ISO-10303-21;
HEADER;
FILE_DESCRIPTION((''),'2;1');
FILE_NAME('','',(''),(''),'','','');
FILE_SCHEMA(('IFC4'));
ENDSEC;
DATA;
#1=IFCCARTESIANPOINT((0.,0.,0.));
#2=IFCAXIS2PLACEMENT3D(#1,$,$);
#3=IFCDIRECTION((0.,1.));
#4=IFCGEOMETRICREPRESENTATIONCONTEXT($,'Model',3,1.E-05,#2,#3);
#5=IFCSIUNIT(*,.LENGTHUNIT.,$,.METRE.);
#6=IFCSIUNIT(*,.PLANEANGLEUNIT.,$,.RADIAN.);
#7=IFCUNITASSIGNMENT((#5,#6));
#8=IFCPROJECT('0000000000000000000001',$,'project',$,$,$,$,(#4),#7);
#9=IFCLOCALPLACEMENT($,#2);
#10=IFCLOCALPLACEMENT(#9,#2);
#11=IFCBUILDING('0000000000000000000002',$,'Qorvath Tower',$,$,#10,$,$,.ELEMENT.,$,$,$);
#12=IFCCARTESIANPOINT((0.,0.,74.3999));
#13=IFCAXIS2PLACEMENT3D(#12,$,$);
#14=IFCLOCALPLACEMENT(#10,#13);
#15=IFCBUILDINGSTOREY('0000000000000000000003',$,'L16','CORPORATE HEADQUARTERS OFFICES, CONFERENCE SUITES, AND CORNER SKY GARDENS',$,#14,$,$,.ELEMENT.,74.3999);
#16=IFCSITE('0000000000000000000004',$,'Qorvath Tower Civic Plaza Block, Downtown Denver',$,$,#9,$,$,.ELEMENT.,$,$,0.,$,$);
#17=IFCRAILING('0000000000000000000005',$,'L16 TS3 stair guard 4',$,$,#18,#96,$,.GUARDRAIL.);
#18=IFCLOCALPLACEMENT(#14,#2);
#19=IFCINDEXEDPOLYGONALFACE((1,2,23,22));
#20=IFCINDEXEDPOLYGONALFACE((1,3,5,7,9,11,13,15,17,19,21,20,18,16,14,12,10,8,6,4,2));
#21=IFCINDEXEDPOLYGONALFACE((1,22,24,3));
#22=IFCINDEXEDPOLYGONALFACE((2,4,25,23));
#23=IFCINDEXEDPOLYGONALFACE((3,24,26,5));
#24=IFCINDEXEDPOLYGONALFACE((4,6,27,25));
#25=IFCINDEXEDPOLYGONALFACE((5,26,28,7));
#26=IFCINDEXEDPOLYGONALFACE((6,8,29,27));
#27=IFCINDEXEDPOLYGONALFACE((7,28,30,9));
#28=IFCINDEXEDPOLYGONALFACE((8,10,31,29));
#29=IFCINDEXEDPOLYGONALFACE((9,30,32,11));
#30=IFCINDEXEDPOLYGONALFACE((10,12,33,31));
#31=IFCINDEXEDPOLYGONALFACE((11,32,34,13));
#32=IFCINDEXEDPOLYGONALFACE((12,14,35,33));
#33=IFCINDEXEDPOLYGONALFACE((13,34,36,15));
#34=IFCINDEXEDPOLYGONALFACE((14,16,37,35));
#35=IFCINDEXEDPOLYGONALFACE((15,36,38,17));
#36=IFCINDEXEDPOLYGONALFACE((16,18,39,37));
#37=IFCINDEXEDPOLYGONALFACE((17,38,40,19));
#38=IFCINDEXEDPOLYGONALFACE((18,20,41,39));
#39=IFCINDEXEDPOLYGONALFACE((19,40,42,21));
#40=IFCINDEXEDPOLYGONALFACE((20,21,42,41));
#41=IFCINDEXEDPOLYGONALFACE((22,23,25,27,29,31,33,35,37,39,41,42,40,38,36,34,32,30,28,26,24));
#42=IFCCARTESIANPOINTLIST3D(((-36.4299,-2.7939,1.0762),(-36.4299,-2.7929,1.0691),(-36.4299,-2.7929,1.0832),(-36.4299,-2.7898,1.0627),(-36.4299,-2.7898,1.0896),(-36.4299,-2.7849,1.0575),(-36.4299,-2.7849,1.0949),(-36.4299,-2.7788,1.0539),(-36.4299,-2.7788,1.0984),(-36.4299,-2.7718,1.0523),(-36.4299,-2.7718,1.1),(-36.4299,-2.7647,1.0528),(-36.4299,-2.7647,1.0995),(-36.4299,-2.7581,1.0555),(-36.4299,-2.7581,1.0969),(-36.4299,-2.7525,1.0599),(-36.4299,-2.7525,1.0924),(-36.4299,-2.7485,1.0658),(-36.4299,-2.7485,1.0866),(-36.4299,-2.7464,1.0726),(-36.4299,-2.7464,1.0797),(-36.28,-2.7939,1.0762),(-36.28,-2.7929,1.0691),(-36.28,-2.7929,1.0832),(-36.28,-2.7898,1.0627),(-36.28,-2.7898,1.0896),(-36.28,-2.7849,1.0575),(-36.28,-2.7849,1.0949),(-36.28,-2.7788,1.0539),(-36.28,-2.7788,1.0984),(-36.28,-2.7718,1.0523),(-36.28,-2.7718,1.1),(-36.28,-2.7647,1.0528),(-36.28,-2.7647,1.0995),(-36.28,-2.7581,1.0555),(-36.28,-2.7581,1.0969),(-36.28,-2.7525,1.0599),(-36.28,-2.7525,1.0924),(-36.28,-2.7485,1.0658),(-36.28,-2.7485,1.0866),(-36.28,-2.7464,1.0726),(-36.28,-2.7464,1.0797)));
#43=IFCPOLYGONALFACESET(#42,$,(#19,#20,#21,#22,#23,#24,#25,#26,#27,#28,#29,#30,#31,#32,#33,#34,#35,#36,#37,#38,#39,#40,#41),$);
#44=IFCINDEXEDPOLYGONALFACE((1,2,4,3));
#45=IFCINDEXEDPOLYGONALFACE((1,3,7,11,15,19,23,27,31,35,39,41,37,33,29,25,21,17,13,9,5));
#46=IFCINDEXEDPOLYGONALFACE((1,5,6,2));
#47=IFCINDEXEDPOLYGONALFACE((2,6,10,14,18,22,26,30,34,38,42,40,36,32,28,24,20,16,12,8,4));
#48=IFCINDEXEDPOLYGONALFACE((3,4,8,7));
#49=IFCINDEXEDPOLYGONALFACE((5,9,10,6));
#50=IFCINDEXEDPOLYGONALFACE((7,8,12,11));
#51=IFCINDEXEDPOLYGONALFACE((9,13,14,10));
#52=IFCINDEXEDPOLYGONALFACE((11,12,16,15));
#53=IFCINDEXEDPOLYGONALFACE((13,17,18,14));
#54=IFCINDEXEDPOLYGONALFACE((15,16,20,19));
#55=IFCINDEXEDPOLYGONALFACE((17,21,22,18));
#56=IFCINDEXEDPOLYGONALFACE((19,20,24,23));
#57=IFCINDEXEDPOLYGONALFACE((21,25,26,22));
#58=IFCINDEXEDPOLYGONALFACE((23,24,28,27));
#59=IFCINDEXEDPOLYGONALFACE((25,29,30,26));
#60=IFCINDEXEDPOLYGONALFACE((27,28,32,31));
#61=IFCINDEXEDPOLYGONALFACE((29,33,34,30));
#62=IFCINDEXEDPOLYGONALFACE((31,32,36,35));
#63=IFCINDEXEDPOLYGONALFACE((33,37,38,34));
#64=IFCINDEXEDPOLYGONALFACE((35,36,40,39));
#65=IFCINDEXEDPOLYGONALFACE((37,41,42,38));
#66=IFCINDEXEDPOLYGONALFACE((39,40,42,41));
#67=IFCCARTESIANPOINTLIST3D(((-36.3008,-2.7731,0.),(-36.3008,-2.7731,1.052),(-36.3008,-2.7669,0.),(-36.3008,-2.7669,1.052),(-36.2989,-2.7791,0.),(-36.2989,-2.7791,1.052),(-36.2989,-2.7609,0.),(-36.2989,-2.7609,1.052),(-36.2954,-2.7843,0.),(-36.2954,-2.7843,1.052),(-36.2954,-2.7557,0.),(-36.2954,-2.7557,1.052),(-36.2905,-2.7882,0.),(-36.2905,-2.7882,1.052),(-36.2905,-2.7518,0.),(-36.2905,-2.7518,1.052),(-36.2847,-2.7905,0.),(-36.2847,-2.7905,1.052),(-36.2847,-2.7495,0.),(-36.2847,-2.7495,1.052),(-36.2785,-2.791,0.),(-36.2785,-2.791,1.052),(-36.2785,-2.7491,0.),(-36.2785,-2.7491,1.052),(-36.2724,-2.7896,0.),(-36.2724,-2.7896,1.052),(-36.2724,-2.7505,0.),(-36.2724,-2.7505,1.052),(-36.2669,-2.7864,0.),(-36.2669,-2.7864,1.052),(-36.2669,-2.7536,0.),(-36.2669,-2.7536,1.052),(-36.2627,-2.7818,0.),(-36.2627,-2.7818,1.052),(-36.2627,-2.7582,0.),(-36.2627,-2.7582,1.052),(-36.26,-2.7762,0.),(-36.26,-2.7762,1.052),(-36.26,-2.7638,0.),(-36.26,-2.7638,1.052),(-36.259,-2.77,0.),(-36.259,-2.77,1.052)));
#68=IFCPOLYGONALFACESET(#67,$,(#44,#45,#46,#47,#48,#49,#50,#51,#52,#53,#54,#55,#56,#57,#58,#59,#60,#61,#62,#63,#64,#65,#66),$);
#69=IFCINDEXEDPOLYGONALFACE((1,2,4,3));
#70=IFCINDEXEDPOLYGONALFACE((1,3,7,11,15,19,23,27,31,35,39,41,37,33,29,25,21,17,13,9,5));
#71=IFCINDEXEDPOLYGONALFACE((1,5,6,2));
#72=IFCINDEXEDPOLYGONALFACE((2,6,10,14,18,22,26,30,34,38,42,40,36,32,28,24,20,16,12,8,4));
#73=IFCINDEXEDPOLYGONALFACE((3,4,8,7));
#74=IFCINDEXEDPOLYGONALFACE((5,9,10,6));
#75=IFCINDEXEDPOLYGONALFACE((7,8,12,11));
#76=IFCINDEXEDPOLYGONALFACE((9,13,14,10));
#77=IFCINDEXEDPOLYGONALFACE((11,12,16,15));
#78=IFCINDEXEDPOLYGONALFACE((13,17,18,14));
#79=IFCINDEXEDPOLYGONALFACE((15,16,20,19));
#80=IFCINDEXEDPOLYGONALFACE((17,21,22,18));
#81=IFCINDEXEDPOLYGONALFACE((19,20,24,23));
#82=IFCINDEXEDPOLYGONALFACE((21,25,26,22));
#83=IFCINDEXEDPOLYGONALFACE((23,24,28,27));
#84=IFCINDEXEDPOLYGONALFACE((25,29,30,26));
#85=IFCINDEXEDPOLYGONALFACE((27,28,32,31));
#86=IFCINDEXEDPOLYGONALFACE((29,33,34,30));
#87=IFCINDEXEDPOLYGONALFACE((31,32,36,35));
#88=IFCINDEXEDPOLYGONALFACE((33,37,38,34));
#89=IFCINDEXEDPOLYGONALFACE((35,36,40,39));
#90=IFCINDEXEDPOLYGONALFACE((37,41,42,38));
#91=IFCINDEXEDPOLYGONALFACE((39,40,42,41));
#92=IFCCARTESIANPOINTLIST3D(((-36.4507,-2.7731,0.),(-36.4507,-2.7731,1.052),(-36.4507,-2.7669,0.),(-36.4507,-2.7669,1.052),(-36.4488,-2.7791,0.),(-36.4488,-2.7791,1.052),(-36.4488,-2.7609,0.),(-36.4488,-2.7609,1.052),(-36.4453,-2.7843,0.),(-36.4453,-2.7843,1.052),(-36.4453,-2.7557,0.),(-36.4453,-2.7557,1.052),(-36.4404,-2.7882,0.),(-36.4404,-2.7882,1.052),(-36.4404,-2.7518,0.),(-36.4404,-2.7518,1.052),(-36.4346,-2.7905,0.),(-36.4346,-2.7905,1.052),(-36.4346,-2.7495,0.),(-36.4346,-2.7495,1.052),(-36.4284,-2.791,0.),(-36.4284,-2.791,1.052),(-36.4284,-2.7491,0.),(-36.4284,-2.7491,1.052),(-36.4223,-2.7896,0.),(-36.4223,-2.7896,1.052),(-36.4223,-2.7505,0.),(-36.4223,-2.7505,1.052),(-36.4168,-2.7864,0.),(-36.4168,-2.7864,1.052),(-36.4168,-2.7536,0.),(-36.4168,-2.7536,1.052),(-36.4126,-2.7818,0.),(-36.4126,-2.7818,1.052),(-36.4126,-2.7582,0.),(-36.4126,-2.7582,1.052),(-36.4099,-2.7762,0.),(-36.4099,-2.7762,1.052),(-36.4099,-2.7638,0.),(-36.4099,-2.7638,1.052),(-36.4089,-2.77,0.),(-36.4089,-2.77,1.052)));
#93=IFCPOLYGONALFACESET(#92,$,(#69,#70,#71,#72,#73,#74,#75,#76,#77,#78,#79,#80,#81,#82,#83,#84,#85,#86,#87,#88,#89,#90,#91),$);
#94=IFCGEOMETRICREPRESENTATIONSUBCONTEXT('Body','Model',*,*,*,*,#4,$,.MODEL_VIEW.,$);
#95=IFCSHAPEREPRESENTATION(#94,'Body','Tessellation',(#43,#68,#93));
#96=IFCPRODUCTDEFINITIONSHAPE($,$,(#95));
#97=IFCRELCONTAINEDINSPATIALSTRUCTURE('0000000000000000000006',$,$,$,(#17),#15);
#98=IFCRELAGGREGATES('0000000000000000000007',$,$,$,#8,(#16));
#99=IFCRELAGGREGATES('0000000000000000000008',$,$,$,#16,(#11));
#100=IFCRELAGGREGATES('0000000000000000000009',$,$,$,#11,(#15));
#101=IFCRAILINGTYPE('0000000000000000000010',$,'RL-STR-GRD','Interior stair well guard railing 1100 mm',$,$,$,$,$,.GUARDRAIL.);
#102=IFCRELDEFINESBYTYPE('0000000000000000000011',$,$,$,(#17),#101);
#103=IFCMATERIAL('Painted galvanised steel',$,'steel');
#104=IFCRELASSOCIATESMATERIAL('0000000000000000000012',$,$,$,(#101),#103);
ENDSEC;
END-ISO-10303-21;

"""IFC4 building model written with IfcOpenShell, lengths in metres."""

from ifc_helpers import new_model, si_unit, direction, frame, origin, origin_2d, place, context, subcontext, project, spatial, circle, extrude, material, type_object, element, save


model = new_model("IFC4")

# Units and contexts
model_context = context("Model", 3, precision=1e-05, world=origin(), true_north=direction((0.0, 1.0)))
body_context = subcontext(model_context, "Body", "Model", "MODEL_VIEW")
ifc_project = project(units=[si_unit("LENGTHUNIT", "METRE"), si_unit("PLANEANGLEUNIT", "RADIAN")], contexts=[model_context])

# Site, building, storey
site_placement = place(None, origin())
site = spatial("IfcSite", under=ifc_project, at=site_placement, Name="Qorvath Tower Civic Plaza Block, Downtown Denver", CompositionType="ELEMENT", RefElevation=0.0)
building_placement = place(site_placement, origin())
building = spatial("IfcBuilding", under=site, at=building_placement, Name="Qorvath Tower", CompositionType="ELEMENT")
storey_placement = place(building_placement, frame((0.0, 0.0, 74.3999)))
storey = spatial("IfcBuildingStorey", under=building, at=storey_placement, Name="L16", Description="CORPORATE HEADQUARTERS OFFICES, CONFERENCE SUITES, AND CORNER SKY GARDENS", CompositionType="ELEMENT", Elevation=74.3999)

# Railing
ifc_material_1 = material(Name="Painted galvanised steel", Category="steel")
railing_type_1 = type_object("IfcRailingType", Name="RL-STR-GRD", Description="Interior stair well guard railing 1100 mm", PredefinedType="GUARDRAIL", material=ifc_material_1)
railing_1_placement = place(storey_placement, frame((-36.28, -2.77, 0.0)))
element("IfcRailing", 1, at=railing_1_placement, inside=storey, type_object=railing_type_1, Name="L16 TS3 stair guard 4", PredefinedType="GUARDRAIL", context=body_context, shape_type="SweptSolid", body=[
    extrude(circle(Radius=0.0239, at=origin_2d()), frame((0.0, 0.0, 1.0762), z_axis=(-1.0, 0.0, 0.0), x_axis=(0.0, -1.0, 0.0)), (0.0, 0.0, 1.0), 0.1499),
    extrude(circle(Radius=0.021, at=origin_2d()), origin(), (0.0, 0.0, 1.0), 1.052),
    extrude(circle(Radius=0.021, at=origin_2d()), frame((-0.1499, 0.0, 0.0)), (0.0, 0.0, 1.0), 1.052),
])

save(model, "model.ifc")
